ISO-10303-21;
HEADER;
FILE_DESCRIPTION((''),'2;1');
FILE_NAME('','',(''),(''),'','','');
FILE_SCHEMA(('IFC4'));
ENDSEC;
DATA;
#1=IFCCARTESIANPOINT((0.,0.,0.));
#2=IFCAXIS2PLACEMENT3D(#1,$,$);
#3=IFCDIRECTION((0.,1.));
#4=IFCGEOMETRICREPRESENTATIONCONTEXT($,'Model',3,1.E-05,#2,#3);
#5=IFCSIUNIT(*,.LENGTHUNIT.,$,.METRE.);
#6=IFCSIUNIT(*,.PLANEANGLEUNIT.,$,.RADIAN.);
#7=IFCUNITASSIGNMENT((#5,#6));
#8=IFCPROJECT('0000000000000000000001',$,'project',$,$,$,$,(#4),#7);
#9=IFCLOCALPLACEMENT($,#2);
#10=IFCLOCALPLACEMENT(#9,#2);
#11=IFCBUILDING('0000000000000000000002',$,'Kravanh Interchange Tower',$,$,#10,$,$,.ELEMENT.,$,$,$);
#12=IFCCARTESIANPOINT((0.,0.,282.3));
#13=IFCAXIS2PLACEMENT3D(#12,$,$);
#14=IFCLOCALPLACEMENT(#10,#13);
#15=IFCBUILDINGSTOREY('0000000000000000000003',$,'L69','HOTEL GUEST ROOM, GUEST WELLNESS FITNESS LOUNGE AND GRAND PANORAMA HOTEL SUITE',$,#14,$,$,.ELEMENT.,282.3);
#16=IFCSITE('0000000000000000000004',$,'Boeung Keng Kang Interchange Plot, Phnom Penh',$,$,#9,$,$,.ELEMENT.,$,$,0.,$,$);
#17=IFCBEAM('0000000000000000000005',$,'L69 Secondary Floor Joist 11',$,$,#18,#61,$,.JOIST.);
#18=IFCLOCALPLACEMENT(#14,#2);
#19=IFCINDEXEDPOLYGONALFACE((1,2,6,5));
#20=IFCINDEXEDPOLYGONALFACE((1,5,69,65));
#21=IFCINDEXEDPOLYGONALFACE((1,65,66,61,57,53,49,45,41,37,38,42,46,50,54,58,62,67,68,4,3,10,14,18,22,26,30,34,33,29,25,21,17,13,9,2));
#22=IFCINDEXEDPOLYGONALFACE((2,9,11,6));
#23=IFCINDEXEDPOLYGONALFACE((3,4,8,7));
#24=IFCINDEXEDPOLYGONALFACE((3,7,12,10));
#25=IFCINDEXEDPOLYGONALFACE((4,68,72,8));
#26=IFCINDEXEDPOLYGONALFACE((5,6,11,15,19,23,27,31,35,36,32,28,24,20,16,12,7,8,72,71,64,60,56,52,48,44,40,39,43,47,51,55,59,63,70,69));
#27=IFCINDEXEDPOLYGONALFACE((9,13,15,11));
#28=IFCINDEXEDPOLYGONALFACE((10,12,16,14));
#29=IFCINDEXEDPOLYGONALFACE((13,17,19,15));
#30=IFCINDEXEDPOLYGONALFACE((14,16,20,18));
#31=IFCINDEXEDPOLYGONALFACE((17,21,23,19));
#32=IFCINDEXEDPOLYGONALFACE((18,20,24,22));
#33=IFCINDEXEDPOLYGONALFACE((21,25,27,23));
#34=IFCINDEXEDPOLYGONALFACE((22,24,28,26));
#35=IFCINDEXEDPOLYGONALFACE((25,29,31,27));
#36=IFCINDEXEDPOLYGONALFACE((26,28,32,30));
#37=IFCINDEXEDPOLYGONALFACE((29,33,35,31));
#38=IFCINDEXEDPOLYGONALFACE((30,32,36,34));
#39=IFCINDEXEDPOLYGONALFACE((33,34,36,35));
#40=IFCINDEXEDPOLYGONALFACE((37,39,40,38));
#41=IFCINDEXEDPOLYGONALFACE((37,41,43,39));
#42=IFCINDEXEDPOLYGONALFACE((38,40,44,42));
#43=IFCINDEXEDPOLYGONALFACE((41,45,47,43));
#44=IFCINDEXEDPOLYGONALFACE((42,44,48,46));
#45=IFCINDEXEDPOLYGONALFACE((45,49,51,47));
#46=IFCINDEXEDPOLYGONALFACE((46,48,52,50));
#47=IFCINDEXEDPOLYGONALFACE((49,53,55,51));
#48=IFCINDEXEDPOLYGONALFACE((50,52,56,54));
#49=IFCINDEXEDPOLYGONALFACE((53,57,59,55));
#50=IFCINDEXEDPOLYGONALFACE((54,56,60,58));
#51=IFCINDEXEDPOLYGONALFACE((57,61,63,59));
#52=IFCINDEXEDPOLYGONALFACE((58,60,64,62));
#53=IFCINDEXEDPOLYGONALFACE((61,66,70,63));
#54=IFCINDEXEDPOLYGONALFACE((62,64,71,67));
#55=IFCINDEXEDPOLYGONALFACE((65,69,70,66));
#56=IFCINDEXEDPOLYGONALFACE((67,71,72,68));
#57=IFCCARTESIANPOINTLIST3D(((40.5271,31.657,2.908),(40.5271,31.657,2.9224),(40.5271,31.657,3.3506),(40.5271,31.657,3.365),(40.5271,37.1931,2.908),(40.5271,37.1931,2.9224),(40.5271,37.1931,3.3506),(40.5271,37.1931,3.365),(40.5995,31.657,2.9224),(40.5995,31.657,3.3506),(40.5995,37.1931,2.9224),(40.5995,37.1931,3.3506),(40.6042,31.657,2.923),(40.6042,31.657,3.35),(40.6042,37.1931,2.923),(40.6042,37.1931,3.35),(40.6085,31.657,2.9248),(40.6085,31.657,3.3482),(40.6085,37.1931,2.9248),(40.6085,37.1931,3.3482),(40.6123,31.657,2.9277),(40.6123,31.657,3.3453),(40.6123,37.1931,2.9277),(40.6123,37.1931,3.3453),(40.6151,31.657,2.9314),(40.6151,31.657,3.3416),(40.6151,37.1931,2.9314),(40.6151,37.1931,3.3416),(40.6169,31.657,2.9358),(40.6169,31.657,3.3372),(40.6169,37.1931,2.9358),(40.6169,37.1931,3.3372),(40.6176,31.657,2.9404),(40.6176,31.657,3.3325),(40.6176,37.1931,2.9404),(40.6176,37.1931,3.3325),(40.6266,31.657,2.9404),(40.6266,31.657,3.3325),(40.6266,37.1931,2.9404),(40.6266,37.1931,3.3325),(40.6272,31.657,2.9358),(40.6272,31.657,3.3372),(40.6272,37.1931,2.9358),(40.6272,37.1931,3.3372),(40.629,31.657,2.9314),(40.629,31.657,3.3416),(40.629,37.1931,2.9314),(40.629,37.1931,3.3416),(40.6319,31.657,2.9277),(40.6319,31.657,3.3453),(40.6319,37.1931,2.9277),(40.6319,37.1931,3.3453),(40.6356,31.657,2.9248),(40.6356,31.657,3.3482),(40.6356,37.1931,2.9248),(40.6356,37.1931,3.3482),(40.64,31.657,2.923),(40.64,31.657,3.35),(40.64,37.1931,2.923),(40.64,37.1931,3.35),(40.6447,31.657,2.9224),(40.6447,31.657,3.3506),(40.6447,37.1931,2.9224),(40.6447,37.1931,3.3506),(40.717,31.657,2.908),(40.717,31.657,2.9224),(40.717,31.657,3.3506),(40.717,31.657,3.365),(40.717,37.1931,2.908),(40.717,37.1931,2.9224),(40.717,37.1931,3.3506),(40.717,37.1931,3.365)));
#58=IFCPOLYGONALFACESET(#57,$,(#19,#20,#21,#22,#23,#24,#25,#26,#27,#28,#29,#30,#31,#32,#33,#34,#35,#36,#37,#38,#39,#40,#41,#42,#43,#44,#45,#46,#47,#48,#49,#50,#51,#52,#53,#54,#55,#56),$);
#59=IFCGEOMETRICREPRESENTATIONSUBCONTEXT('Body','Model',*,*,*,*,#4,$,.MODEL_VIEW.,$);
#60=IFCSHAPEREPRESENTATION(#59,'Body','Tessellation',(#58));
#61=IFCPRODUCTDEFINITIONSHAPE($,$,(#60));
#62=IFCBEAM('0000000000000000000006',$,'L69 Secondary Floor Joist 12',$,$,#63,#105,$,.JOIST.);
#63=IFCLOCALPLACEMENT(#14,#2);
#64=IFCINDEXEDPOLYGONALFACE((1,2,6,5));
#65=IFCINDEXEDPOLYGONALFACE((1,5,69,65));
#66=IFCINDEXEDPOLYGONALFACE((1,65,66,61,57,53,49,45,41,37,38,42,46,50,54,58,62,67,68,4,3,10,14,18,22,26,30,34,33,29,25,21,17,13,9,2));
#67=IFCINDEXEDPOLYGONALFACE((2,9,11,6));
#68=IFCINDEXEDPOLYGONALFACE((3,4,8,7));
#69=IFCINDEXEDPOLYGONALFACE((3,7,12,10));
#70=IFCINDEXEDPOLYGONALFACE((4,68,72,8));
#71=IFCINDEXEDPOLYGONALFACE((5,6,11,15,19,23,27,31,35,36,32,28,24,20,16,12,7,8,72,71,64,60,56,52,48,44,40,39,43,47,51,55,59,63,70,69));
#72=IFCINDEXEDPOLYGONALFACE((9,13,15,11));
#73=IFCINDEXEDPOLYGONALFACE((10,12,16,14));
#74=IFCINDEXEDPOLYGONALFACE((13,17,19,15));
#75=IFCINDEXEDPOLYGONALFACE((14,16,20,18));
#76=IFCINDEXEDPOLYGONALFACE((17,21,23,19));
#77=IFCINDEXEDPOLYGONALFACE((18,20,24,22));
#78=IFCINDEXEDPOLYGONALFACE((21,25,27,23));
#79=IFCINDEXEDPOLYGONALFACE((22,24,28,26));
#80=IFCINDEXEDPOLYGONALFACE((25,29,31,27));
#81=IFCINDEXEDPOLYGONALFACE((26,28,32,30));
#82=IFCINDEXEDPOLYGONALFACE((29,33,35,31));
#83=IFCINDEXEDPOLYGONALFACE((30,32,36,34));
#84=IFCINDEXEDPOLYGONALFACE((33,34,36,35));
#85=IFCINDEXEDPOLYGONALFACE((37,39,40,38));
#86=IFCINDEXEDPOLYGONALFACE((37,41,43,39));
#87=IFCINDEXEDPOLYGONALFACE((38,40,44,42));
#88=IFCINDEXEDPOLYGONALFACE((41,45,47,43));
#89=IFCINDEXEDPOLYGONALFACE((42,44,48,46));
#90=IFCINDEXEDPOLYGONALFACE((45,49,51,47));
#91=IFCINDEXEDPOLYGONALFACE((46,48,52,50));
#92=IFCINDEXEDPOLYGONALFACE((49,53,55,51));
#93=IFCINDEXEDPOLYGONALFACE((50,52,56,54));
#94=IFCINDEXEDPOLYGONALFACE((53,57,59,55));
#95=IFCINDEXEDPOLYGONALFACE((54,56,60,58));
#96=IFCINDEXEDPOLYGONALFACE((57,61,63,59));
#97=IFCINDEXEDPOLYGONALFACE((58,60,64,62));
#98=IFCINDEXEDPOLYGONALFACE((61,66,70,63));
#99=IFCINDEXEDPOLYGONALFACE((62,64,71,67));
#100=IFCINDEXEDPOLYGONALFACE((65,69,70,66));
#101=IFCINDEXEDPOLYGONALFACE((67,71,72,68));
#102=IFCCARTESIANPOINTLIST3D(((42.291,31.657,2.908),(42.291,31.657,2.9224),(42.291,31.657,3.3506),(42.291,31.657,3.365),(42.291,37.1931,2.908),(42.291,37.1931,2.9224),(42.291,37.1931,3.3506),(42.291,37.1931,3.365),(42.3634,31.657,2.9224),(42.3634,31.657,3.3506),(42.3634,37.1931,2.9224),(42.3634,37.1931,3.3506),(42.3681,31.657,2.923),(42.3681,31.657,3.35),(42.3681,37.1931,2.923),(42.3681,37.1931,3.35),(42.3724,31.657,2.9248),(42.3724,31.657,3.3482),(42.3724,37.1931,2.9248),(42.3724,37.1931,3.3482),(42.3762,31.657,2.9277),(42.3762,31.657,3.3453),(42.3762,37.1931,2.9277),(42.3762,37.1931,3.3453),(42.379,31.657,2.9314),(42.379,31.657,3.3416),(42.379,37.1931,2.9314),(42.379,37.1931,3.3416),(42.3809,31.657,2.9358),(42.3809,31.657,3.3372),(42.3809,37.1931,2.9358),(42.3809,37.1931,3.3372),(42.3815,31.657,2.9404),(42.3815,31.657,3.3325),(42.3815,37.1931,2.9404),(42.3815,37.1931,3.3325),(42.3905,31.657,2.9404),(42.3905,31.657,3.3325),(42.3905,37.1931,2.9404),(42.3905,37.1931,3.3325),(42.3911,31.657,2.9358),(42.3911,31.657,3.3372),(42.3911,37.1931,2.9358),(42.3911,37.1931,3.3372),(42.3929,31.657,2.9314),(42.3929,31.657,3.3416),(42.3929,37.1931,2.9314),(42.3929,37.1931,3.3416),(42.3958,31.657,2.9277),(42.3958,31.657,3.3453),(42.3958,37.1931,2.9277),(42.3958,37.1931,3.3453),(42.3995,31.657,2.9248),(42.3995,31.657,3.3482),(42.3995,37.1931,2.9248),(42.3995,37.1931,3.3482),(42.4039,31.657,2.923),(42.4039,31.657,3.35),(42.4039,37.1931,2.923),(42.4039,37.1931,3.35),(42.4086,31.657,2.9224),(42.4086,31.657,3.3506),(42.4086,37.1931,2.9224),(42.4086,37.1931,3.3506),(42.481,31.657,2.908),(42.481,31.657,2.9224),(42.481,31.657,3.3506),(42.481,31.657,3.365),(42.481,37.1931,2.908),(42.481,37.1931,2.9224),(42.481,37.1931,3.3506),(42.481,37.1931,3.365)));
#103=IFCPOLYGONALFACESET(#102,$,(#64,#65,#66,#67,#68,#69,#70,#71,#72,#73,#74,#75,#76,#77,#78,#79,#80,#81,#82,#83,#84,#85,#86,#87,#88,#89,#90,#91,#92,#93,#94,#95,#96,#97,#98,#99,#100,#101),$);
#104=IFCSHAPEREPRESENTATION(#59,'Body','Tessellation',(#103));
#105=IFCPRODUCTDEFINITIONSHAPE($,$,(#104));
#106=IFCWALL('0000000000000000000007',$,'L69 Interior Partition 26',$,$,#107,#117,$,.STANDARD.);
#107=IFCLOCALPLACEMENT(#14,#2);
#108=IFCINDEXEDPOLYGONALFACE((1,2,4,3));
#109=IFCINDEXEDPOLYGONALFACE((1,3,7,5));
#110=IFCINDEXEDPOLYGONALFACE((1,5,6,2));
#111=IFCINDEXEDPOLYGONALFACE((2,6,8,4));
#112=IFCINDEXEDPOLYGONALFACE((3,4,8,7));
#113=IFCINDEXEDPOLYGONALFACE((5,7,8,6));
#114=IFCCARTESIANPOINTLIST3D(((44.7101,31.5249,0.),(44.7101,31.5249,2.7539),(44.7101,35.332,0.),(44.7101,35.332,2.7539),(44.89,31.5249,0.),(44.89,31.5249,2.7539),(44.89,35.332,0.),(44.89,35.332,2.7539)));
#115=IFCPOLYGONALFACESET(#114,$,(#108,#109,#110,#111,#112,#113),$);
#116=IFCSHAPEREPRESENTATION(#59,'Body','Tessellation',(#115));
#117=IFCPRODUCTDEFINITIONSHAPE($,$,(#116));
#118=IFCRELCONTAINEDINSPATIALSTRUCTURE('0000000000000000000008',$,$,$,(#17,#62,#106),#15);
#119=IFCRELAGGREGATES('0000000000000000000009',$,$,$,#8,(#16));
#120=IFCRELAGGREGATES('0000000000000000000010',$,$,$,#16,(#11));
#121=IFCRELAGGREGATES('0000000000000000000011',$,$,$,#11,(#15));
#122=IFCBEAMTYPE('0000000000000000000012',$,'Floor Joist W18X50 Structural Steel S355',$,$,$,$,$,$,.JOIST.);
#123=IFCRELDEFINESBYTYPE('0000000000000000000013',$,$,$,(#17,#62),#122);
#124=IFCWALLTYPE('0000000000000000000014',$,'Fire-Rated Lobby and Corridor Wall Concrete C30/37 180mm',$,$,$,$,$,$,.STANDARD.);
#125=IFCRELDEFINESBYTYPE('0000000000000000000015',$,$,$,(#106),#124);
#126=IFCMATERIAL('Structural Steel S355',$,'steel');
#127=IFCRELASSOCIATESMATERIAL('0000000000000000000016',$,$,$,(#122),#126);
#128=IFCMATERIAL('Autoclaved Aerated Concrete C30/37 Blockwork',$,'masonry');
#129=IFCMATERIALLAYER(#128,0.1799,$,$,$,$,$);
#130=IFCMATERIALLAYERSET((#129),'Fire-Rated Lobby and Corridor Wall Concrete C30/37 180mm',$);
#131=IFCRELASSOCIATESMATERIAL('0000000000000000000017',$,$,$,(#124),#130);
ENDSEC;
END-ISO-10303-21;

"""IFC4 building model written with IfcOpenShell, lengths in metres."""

from ifc_helpers import new_model, si_unit, direction, frame, frame_2d, origin, origin_2d, place, context, subcontext, project, spatial, rectangle, i_section, extrude, material, layer, layer_set, material_profile, profile_set, type_object, element, save


model = new_model("IFC4")

# Units and contexts
model_context = context("Model", 3, precision=1e-05, world=origin(), true_north=direction((0.0, 1.0)))
body_context = subcontext(model_context, "Body", "Model", "MODEL_VIEW")
ifc_project = project(units=[si_unit("LENGTHUNIT", "METRE"), si_unit("PLANEANGLEUNIT", "RADIAN")], contexts=[model_context])

# Site, building, storey
site_placement = place(None, origin())
site = spatial("IfcSite", under=ifc_project, at=site_placement, Name="Boeung Keng Kang Interchange Plot, Phnom Penh", CompositionType="ELEMENT", RefElevation=0.0)
building_placement = place(site_placement, origin())
building = spatial("IfcBuilding", under=site, at=building_placement, Name="Kravanh Interchange Tower", CompositionType="ELEMENT")
storey_placement = place(building_placement, frame((0.0, 0.0, 282.3)))
storey = spatial("IfcBuildingStorey", under=building, at=storey_placement, Name="L69", Description="HOTEL GUEST ROOM, GUEST WELLNESS FITNESS LOUNGE AND GRAND PANORAMA HOTEL SUITE", CompositionType="ELEMENT", Elevation=282.3)

# Beams
ifc_material_1 = material(Name="Structural Steel S355", Category="steel")
ifc_material_profile_1 = material_profile(ifc_material_1, i_section(OverallWidth=0.1899, OverallDepth=0.457, WebThickness=0.009, FlangeThickness=0.0144, FilletRadius=0.0181, at=origin_2d()), Name="W18X50")
ifc_profile_set_1 = profile_set([ifc_material_profile_1], Name="Structural Steel S355")
beam_type_1 = type_object("IfcBeamType", Name="Floor Joist W18X50 Structural Steel S355", PredefinedType="JOIST", material=ifc_profile_set_1)
for number, where, z_axis, x_axis, name in (
    (1, (40.6221, 31.657, 3.1365), (0.0, 1.0, 0.0), (-1.0, 0.0, 0.0), "L69 Secondary Floor Joist 11"),
    (2, (42.386, 31.657, 3.1365), (0.0, 1.0, 0.0), (-1.0, 0.0, 0.0), "L69 Secondary Floor Joist 12"),
):
    element("IfcBeam", number, at=place(storey_placement, frame(where, z_axis=z_axis, x_axis=x_axis)), inside=storey, type_object=beam_type_1, Name=name, PredefinedType="JOIST", context=body_context, shape_type="SweptSolid", body=[
        extrude(i_section(OverallWidth=0.1899, OverallDepth=0.457, WebThickness=0.009, FlangeThickness=0.0144, FilletRadius=0.0181, at=origin_2d()), origin(), (0.0, 0.0, 1.0), 5.5361),
    ])

# Wall
ifc_material_2 = material(Name="Autoclaved Aerated Concrete C30/37 Blockwork", Category="masonry")
ifc_layer_1 = layer(ifc_material_2, 0.1799)
ifc_layer_set_1 = layer_set([ifc_layer_1], Name="Fire-Rated Lobby and Corridor Wall Concrete C30/37 180mm")
wall_type = type_object("IfcWallType", Name="Fire-Rated Lobby and Corridor Wall Concrete C30/37 180mm", PredefinedType="STANDARD", material=ifc_layer_set_1)
wall_placement = place(storey_placement, frame((44.8, 31.5249, 0.0), z_axis=(0.0, 0.0, 1.0), x_axis=(0.0, 1.0, 0.0)))
element("IfcWall", 3, at=wall_placement, inside=storey, type_object=wall_type, Name="L69 Interior Partition 26", PredefinedType="STANDARD", context=body_context, shape_type="SweptSolid", body=[
    extrude(rectangle(XDim=3.8071, YDim=0.1799, at=frame_2d((1.9036, 0.0))), origin(), (0.0, 0.0, 1.0), 2.7539),
])

save(model, "model.ifc")
